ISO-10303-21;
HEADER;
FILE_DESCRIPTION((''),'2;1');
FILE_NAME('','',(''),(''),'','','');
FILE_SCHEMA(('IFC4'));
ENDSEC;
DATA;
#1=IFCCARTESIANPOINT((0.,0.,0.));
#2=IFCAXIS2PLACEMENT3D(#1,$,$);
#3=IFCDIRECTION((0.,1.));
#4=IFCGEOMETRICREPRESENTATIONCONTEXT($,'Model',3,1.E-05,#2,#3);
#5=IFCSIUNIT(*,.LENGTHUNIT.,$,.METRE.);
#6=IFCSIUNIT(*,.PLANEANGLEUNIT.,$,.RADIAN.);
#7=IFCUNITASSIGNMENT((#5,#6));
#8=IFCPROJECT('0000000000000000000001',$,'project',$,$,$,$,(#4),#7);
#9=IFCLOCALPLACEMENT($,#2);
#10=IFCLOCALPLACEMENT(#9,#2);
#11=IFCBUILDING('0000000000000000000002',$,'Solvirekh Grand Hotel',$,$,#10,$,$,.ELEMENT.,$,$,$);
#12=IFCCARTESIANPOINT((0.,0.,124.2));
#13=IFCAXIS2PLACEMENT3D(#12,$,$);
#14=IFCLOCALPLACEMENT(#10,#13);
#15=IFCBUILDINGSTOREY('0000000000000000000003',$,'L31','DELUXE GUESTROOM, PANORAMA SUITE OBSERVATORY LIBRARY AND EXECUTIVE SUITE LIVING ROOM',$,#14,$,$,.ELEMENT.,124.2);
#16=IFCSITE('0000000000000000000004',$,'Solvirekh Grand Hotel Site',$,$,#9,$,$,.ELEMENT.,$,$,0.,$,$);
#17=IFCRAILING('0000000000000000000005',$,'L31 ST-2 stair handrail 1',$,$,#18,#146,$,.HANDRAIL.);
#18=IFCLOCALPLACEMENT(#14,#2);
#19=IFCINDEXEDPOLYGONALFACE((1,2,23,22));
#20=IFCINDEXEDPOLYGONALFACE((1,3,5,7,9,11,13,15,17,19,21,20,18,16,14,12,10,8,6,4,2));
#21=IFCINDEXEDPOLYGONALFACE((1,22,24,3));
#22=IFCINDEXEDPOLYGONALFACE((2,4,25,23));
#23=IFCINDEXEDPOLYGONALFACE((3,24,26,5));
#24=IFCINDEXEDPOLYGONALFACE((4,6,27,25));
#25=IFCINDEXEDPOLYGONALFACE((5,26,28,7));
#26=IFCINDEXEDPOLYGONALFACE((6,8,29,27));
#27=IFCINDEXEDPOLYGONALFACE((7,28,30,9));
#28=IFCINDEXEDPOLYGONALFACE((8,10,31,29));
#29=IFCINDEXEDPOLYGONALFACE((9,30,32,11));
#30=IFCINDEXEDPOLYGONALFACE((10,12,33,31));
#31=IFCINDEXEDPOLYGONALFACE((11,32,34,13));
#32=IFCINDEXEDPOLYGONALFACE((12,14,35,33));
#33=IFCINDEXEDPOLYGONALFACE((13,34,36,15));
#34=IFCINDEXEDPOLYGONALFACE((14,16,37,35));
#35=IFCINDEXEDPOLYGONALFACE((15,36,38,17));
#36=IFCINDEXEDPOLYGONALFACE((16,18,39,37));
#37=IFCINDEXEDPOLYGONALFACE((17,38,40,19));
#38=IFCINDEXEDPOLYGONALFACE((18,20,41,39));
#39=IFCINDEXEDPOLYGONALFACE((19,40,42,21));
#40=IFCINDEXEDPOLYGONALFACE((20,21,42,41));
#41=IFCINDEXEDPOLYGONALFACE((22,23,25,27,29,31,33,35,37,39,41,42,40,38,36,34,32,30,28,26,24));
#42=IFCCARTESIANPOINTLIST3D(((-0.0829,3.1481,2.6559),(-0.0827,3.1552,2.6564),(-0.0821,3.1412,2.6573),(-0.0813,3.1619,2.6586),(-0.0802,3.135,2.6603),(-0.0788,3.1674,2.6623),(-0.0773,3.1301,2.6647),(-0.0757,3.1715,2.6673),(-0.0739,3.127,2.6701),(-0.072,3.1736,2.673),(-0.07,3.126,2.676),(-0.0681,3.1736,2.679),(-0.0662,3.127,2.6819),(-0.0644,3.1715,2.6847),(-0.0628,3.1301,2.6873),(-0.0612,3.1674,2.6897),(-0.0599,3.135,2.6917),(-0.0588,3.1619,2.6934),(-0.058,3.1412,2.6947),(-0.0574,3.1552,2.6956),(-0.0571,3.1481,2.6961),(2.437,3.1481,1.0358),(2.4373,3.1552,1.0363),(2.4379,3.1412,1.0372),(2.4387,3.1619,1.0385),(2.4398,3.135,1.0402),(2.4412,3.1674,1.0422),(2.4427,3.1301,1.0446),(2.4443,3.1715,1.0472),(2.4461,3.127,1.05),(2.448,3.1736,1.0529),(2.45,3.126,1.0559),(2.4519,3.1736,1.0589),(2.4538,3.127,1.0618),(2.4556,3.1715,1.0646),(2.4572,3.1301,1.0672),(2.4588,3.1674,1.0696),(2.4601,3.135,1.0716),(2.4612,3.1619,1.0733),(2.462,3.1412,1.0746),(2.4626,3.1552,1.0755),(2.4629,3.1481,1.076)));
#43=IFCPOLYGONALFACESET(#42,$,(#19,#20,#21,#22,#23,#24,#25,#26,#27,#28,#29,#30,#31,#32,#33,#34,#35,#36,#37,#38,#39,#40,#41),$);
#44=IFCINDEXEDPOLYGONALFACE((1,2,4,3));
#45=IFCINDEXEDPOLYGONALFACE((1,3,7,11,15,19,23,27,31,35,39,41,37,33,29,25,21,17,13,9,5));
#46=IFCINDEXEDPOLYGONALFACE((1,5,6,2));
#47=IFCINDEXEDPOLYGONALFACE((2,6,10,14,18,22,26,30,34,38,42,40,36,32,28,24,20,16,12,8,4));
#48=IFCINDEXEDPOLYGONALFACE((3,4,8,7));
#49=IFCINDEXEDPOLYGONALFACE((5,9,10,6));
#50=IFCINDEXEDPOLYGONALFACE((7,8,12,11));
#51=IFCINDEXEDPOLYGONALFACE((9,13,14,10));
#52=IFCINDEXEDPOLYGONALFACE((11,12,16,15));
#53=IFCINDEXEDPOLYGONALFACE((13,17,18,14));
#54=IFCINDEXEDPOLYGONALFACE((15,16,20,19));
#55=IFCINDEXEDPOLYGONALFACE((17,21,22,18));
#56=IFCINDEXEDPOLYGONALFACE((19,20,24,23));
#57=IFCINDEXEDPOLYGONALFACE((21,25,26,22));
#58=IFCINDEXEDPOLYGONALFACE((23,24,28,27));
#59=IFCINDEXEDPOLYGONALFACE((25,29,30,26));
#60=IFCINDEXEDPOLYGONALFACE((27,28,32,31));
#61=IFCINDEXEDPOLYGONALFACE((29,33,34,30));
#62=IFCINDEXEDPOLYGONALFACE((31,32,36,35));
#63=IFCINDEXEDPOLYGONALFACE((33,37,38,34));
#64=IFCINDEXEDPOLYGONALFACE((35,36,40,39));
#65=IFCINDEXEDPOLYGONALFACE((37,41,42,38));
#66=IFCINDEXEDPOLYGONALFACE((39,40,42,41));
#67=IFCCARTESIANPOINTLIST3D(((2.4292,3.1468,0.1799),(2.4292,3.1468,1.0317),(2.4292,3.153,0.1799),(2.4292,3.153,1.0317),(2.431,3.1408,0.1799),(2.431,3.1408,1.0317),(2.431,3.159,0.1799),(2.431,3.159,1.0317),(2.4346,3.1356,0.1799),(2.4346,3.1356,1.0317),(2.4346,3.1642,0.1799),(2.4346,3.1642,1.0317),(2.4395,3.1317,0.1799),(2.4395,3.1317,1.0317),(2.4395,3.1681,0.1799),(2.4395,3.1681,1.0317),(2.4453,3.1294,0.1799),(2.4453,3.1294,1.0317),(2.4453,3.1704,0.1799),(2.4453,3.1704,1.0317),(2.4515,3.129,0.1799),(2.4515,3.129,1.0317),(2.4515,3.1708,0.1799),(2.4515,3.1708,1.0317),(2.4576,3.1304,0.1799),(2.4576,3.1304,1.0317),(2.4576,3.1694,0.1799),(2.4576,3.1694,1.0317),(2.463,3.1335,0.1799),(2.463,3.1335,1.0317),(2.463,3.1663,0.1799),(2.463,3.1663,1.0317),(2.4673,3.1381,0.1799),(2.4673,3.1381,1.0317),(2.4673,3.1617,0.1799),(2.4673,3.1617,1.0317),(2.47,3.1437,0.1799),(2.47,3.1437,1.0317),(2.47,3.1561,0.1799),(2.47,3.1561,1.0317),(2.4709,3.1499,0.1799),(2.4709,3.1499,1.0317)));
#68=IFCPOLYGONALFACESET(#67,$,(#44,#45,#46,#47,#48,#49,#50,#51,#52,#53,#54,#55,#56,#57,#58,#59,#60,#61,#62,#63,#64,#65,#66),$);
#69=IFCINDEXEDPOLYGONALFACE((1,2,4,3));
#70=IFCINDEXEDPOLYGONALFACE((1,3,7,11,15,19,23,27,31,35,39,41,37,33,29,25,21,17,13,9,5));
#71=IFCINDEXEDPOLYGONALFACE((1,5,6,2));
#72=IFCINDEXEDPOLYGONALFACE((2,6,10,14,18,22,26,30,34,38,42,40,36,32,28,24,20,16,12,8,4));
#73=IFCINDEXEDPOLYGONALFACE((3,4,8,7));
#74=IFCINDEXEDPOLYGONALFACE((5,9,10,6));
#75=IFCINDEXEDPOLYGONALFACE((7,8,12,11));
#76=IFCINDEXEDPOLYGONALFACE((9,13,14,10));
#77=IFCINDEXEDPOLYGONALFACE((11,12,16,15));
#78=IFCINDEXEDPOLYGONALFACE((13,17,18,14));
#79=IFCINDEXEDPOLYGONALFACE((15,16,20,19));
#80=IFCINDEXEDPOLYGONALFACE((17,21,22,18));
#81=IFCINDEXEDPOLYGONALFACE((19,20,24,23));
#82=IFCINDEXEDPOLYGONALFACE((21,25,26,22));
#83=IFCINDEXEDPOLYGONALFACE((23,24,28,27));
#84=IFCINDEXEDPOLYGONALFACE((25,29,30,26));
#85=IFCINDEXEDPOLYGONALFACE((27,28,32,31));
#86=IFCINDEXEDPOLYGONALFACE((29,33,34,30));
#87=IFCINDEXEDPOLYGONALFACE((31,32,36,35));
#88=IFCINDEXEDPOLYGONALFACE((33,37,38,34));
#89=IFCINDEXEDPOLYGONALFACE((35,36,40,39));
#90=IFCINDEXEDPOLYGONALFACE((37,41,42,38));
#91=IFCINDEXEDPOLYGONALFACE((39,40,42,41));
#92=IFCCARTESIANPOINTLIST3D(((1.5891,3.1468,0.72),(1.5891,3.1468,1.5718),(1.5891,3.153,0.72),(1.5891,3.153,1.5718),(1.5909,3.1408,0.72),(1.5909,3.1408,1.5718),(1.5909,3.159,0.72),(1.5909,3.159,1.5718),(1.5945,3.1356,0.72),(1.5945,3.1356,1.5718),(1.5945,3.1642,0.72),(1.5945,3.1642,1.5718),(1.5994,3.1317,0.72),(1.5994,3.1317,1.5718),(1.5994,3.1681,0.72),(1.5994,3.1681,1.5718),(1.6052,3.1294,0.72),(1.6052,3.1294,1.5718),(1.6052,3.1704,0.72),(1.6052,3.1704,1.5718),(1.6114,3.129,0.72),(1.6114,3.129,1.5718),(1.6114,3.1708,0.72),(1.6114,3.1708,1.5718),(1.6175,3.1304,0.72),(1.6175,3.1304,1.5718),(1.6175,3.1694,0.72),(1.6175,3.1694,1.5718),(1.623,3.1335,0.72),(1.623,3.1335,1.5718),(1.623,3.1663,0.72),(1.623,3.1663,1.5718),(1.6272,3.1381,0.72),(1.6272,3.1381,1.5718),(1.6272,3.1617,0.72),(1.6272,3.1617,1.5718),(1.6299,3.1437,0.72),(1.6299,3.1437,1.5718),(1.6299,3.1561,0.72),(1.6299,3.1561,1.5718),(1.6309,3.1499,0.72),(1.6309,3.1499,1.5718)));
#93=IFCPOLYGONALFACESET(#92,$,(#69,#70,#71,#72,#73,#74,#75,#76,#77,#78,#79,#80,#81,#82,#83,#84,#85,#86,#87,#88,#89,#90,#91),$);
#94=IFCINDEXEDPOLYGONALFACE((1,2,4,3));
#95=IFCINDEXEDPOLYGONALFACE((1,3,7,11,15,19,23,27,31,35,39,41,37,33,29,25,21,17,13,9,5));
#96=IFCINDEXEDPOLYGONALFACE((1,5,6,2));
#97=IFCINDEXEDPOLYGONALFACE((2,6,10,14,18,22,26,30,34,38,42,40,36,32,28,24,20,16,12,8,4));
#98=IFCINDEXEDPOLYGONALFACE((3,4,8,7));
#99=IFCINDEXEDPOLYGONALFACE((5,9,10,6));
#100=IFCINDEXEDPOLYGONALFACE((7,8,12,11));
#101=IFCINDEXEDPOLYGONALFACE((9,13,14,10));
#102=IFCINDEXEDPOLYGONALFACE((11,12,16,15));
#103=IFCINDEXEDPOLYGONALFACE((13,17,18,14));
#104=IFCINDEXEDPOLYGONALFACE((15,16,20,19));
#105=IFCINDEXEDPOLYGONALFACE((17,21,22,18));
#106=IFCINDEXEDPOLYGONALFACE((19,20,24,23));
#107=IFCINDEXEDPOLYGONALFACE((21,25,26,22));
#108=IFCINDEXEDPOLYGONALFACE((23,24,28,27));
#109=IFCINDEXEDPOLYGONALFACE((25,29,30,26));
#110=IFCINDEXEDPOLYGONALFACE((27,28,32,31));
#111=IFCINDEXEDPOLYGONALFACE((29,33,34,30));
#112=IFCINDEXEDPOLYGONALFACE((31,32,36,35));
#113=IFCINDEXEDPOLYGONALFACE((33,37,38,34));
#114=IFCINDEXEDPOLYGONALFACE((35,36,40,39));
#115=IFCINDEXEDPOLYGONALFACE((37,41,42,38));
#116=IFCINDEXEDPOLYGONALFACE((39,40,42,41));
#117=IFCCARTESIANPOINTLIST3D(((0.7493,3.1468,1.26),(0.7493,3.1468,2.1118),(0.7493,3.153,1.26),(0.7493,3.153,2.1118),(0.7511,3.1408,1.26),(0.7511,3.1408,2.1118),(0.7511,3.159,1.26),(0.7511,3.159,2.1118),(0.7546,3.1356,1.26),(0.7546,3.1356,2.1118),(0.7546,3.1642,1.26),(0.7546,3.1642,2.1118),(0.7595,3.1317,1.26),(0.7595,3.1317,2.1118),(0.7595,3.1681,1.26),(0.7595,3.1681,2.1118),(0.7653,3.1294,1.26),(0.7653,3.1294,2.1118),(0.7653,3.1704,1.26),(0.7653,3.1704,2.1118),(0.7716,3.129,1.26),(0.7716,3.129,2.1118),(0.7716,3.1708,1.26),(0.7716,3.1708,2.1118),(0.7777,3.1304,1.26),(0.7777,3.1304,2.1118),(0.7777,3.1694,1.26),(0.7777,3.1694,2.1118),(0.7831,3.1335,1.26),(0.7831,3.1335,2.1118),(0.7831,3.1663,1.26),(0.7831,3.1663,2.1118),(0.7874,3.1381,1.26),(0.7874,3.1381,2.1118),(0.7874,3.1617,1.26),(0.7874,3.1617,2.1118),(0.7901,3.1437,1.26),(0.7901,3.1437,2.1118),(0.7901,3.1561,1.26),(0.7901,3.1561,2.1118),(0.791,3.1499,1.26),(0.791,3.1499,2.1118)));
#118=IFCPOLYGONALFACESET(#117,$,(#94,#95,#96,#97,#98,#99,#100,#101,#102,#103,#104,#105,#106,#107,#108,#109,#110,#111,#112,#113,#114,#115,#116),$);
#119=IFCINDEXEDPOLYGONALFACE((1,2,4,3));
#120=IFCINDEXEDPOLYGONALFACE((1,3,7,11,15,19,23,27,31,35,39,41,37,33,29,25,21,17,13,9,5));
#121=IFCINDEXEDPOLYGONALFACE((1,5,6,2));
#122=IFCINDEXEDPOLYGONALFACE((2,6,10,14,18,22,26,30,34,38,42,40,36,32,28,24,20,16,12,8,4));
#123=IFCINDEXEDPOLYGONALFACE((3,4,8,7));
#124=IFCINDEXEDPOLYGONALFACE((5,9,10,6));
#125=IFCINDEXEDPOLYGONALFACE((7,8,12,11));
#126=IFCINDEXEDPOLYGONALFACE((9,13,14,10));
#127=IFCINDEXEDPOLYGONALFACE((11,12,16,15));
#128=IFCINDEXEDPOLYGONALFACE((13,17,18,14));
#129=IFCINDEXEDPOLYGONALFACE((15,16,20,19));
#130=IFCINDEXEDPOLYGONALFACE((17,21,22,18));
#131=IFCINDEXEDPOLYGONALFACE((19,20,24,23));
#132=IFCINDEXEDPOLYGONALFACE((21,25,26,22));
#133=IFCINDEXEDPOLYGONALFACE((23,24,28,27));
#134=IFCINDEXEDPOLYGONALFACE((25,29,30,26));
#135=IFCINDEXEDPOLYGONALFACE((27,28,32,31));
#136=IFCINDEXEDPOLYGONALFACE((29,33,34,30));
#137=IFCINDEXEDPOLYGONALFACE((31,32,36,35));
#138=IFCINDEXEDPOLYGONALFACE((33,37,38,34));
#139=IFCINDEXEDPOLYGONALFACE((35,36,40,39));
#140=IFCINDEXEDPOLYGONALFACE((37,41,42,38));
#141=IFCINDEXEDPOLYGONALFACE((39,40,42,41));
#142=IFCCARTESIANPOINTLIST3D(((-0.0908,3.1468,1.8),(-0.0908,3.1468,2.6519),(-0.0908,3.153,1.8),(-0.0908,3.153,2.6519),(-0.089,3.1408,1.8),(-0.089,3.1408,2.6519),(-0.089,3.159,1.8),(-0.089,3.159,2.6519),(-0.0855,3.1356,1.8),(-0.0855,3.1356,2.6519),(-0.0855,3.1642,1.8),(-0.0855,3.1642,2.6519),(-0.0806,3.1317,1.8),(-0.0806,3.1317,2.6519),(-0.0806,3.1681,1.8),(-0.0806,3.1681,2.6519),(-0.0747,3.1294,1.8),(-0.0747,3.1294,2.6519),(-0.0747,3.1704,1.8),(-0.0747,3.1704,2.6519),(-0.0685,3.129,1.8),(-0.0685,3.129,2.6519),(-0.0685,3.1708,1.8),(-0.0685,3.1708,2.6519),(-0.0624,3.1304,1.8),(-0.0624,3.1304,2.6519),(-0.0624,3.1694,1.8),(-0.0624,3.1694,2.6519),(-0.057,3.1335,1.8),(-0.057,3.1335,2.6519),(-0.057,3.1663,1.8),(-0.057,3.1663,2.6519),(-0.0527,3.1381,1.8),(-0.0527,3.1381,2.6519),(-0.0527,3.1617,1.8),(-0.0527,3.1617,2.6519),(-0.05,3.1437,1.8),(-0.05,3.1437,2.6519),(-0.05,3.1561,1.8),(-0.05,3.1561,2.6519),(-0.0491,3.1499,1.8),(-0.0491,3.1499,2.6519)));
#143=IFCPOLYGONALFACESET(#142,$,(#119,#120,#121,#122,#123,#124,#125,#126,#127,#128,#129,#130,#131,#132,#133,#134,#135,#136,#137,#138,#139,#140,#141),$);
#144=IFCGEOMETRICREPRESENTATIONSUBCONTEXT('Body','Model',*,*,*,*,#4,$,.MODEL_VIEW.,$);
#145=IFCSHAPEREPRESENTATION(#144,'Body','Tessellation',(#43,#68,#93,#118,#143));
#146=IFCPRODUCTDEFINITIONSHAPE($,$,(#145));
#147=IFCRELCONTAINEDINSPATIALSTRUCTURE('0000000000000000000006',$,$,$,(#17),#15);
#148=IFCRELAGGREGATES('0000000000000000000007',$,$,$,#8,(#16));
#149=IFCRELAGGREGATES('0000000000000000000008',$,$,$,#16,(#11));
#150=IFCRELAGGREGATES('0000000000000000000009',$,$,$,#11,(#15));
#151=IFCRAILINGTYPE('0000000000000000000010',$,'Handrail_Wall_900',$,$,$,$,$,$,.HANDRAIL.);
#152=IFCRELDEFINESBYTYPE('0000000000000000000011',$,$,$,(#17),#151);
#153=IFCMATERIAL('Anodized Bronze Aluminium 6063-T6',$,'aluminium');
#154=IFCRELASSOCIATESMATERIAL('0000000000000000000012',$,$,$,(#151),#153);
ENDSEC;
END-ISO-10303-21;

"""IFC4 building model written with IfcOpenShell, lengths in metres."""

from ifc_helpers import new_model, si_unit, direction, frame, origin, origin_2d, place, context, subcontext, project, spatial, circle, extrude, material, type_object, element, save


model = new_model("IFC4")

# Units and contexts
model_context = context("Model", 3, precision=1e-05, world=origin(), true_north=direction((0.0, 1.0)))
body_context = subcontext(model_context, "Body", "Model", "MODEL_VIEW")
ifc_project = project(units=[si_unit("LENGTHUNIT", "METRE"), si_unit("PLANEANGLEUNIT", "RADIAN")], contexts=[model_context])

# Site, building, storey
site_placement = place(None, origin())
site = spatial("IfcSite", under=ifc_project, at=site_placement, Name="Solvirekh Grand Hotel Site", CompositionType="ELEMENT", RefElevation=0.0)
building_placement = place(site_placement, origin())
building = spatial("IfcBuilding", under=site, at=building_placement, Name="Solvirekh Grand Hotel", CompositionType="ELEMENT")
storey_placement = place(building_placement, frame((0.0, 0.0, 124.2)))
storey = spatial("IfcBuildingStorey", under=building, at=storey_placement, Name="L31", Description="DELUXE GUESTROOM, PANORAMA SUITE OBSERVATORY LIBRARY AND EXECUTIVE SUITE LIVING ROOM", CompositionType="ELEMENT", Elevation=124.2)

# Shared definitions
ifc_material_1 = material(Name="Anodized Bronze Aluminium 6063-T6", Category="aluminium")

# Railing
railing_type_1 = type_object("IfcRailingType", Name="Handrail_Wall_900", PredefinedType="HANDRAIL", material=ifc_material_1)
railing_1_placement = place(storey_placement, frame((2.45, 3.1499, 0.1799)))
element("IfcRailing", 1, at=railing_1_placement, inside=storey, type_object=railing_type_1, Name="L31 ST-2 stair handrail 1", PredefinedType="HANDRAIL", context=body_context, shape_type="SweptSolid", body=[
    extrude(circle(Radius=0.0239, at=origin_2d()), frame((0.0, 0.0, 0.876), z_axis=(-0.841163, 0.0, 0.540782), x_axis=(0.0, -1.0, 0.0)), (0.0, 0.0, 1.0), 2.9958),
    extrude(circle(Radius=0.021, at=origin_2d()), origin(), (0.0, 0.0, 1.0), 0.8518),
    extrude(circle(Radius=0.021, at=origin_2d()), frame((-0.8401, 0.0, 0.54)), (0.0, 0.0, 1.0), 0.8518),
    extrude(circle(Radius=0.021, at=origin_2d()), frame((-1.6799, 0.0, 1.0801)), (0.0, 0.0, 1.0), 0.8518),
    extrude(circle(Radius=0.021, at=origin_2d()), frame((-2.52, 0.0, 1.6201)), (0.0, 0.0, 1.0), 0.8518),
])

save(model, "model.ifc")
